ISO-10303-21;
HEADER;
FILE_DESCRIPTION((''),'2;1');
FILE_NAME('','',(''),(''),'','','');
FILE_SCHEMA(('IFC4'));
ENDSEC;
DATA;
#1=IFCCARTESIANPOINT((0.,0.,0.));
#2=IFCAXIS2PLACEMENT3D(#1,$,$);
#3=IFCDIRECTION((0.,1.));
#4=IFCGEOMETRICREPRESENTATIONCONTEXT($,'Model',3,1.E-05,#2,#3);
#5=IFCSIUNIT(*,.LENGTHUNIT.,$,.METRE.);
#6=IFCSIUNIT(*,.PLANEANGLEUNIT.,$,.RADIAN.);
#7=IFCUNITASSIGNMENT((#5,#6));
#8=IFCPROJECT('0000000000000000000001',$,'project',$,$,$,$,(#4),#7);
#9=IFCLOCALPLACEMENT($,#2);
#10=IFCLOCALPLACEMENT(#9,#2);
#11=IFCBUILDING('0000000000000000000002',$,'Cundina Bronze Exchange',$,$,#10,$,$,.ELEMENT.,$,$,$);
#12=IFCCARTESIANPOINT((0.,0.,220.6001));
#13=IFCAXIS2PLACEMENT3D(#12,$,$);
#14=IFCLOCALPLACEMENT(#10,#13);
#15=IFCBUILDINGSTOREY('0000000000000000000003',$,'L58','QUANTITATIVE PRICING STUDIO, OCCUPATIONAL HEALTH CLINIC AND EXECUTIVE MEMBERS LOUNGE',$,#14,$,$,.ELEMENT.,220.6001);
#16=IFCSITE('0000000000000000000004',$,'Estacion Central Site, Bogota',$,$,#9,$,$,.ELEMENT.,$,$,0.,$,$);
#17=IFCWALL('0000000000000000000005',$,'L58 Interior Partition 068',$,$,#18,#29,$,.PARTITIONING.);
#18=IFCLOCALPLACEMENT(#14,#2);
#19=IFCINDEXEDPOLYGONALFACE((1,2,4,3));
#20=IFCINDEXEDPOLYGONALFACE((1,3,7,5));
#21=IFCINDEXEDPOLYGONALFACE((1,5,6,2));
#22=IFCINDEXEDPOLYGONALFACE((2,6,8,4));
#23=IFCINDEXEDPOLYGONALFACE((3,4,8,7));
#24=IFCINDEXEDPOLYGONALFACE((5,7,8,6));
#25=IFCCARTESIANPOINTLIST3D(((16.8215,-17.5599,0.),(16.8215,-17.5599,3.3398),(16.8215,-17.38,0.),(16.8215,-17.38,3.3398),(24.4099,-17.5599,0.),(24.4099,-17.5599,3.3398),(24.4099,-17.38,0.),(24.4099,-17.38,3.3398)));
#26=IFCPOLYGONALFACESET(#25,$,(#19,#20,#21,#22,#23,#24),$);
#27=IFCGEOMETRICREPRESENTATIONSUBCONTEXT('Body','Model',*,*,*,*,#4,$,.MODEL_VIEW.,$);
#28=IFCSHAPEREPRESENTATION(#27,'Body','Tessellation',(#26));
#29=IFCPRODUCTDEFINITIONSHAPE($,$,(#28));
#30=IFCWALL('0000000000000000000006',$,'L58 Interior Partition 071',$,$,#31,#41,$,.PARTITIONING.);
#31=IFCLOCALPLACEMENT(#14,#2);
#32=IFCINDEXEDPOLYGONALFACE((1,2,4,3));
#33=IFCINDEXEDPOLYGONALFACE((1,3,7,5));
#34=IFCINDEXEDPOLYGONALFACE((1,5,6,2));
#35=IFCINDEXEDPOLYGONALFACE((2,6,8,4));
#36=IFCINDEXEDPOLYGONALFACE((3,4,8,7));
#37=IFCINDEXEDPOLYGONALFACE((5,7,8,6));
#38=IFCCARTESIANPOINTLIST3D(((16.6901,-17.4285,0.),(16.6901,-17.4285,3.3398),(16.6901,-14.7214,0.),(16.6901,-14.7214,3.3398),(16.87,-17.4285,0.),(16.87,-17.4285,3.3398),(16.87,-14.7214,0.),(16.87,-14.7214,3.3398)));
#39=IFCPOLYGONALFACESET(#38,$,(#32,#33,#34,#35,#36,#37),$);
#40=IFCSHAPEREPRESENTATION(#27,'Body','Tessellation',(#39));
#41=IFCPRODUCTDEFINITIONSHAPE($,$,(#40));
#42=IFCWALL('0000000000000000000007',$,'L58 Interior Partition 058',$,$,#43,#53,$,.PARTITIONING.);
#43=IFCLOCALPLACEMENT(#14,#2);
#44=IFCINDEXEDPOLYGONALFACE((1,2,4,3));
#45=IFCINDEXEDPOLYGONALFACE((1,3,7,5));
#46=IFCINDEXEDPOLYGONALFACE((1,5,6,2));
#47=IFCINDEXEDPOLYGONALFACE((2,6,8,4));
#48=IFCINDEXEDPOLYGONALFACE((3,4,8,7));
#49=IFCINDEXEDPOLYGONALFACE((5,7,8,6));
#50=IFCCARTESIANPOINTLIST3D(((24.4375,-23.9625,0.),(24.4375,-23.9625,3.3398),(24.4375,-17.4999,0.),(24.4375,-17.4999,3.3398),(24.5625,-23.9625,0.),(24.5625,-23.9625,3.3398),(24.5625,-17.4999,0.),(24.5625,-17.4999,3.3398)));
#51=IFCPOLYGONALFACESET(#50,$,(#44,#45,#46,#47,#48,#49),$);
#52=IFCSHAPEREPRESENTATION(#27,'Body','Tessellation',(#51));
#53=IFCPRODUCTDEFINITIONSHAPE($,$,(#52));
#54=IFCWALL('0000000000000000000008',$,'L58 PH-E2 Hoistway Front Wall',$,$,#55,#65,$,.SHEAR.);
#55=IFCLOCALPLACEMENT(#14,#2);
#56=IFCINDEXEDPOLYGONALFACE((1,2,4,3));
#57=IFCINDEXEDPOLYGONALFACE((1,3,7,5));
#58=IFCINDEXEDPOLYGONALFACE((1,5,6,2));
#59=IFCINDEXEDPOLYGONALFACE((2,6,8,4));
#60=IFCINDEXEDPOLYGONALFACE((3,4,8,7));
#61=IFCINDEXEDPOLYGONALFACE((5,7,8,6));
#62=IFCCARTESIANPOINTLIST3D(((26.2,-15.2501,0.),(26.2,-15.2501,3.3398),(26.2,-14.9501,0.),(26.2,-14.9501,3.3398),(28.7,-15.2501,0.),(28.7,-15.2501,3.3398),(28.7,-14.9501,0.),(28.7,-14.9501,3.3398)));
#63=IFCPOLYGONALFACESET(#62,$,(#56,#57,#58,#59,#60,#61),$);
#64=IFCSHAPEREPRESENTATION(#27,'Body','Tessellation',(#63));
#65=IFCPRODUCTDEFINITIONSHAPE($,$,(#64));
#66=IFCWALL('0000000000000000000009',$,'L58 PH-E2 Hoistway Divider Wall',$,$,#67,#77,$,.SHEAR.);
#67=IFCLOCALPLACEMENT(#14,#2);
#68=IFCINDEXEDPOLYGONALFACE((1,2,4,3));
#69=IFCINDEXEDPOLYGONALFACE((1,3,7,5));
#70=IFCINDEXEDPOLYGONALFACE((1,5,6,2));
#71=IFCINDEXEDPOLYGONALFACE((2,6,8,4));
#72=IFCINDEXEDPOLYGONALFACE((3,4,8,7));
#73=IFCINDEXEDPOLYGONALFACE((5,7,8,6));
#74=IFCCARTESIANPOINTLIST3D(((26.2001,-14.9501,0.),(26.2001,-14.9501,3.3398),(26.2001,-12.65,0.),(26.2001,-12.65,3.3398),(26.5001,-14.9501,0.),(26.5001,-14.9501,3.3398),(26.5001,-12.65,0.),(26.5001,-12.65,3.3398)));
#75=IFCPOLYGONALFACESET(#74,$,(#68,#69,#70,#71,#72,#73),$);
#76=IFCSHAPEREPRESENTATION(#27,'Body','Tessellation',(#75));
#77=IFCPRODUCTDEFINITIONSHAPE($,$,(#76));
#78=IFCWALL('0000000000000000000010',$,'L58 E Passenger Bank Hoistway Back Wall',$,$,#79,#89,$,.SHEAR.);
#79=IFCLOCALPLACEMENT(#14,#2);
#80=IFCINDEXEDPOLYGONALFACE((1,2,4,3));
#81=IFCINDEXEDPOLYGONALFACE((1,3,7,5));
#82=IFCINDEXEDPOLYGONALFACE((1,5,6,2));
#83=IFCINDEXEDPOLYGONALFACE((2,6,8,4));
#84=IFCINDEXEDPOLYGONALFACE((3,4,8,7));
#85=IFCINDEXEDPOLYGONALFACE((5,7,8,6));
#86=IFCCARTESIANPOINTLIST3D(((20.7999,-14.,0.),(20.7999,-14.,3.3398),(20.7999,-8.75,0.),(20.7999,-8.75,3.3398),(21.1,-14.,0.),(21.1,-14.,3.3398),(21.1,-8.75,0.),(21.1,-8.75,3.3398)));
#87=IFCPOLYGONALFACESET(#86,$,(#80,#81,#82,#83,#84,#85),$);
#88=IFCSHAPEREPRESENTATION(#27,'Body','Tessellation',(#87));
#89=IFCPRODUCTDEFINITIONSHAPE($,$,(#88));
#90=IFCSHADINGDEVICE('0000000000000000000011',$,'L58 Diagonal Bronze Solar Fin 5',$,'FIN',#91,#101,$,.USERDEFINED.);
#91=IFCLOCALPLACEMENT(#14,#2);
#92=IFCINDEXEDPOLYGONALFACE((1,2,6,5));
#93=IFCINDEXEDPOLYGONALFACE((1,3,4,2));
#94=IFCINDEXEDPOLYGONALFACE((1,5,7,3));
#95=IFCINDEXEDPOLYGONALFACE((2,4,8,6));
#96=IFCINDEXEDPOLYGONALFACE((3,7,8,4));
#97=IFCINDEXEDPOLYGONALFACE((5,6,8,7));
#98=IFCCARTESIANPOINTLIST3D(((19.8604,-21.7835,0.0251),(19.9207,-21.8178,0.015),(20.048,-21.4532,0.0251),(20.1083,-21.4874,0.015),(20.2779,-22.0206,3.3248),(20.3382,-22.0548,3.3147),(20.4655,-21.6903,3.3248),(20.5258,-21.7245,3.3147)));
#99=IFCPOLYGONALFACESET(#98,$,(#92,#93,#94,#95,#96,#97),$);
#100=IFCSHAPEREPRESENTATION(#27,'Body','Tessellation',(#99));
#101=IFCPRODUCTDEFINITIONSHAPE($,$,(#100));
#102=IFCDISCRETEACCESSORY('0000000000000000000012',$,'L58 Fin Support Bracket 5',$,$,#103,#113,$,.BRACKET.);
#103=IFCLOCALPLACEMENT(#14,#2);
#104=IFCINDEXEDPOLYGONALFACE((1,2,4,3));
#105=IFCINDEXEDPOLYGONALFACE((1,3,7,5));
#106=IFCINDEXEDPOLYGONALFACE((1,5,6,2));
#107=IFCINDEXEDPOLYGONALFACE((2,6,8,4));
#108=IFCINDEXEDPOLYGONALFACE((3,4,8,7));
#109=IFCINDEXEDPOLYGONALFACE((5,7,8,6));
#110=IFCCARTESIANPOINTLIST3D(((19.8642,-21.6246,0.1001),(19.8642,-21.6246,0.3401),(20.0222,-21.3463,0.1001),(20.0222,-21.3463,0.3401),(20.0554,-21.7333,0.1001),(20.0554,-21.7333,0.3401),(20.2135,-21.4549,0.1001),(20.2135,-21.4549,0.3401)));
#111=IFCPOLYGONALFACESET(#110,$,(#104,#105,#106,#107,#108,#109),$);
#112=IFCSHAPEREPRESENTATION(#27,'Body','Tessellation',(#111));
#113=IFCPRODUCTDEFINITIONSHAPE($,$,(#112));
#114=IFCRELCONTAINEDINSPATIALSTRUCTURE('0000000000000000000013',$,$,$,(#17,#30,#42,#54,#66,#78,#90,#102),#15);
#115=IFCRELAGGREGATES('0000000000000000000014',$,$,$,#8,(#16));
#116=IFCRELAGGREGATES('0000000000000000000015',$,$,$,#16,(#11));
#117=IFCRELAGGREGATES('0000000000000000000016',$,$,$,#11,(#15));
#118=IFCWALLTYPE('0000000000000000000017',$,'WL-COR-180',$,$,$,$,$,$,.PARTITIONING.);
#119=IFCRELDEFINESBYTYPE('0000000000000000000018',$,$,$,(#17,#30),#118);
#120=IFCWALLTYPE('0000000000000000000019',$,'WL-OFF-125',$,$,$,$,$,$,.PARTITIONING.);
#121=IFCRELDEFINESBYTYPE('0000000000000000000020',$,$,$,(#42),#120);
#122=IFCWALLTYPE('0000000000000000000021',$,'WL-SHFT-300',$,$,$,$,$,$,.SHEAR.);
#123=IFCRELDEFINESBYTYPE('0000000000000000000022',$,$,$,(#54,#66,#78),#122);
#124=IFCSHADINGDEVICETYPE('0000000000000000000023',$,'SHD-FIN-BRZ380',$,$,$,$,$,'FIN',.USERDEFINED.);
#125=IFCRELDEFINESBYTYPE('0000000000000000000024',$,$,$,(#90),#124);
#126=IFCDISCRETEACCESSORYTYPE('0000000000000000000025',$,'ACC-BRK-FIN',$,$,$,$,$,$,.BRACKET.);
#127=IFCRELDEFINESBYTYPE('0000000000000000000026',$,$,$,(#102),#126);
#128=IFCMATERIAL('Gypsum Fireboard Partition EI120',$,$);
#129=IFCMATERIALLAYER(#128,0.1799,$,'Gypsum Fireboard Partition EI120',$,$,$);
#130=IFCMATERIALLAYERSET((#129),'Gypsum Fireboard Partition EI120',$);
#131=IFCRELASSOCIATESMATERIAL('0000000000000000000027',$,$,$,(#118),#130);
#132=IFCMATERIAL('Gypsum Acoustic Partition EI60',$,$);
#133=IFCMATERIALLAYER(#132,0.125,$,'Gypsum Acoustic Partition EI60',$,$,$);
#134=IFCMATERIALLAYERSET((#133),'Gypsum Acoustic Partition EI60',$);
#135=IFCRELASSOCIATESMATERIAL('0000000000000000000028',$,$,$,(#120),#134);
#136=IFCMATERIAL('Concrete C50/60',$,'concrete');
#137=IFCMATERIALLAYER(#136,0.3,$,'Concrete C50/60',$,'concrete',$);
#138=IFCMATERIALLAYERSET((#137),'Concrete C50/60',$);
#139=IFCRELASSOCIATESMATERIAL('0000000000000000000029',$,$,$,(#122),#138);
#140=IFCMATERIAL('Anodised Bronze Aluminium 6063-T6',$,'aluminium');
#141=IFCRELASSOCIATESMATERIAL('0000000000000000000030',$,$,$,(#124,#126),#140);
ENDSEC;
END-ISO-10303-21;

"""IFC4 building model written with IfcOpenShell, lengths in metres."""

from ifc_helpers import new_model, si_unit, direction, frame, frame_2d, origin, origin_2d, place, context, subcontext, project, spatial, rectangle, extrude, material, layer, layer_set, material_profile, profile_set, type_object, element, save


model = new_model("IFC4")

# Units and contexts
model_context = context("Model", 3, precision=1e-05, world=origin(), true_north=direction((0.0, 1.0)))
body_context = subcontext(model_context, "Body", "Model", "MODEL_VIEW")
ifc_project = project(units=[si_unit("LENGTHUNIT", "METRE"), si_unit("PLANEANGLEUNIT", "RADIAN")], contexts=[model_context])

# Site, building, storey
site_placement = place(None, origin())
site = spatial("IfcSite", under=ifc_project, at=site_placement, Name="Estacion Central Site, Bogota", CompositionType="ELEMENT", RefElevation=0.0)
building_placement = place(site_placement, origin())
building = spatial("IfcBuilding", under=site, at=building_placement, Name="Cundina Bronze Exchange", CompositionType="ELEMENT")
storey_placement = place(building_placement, frame((0.0, 0.0, 220.6001)))
storey = spatial("IfcBuildingStorey", under=building, at=storey_placement, Name="L58", Description="QUANTITATIVE PRICING STUDIO, OCCUPATIONAL HEALTH CLINIC AND EXECUTIVE MEMBERS LOUNGE", CompositionType="ELEMENT", Elevation=220.6001)

# Shared definitions
ifc_material_1 = material(Name="Concrete C50/60", Category="concrete")

# Shared definitions
ifc_material_2 = material(Name="Anodised Bronze Aluminium 6063-T6", Category="aluminium")

# Shared definitions
ifc_material_3 = material(Name="Gypsum Fireboard Partition EI120")
ifc_layer_1 = layer(ifc_material_3, 0.1799, Name="Gypsum Fireboard Partition EI120")
ifc_layer_set_1 = layer_set([ifc_layer_1], Name="Gypsum Fireboard Partition EI120")
wall_type_1 = type_object("IfcWallType", Name="WL-COR-180", PredefinedType="PARTITIONING", material=ifc_layer_set_1)

# Walls
wall_1_placement = place(storey_placement, frame((16.8215, -17.47, 0.0), z_axis=(0.0, 0.0, 1.0), x_axis=(1.0, 0.0, 0.0)))
element("IfcWall", 1, at=wall_1_placement, inside=storey, type_object=wall_type_1, Name="L58 Interior Partition 068", PredefinedType="PARTITIONING", context=body_context, shape_type="SweptSolid", body=[
    extrude(rectangle(XDim=7.5884, YDim=0.1799, at=frame_2d((3.7942, 0.0))), origin(), (0.0, 0.0, 1.0), 3.3398),
])
wall_2_placement = place(storey_placement, frame((16.78, -14.7214, 0.0), z_axis=(0.0, 0.0, 1.0), x_axis=(0.0, -1.0, 0.0)))
element("IfcWall", 2, at=wall_2_placement, inside=storey, type_object=wall_type_1, Name="L58 Interior Partition 071", PredefinedType="PARTITIONING", context=body_context, shape_type="SweptSolid", body=[
    extrude(rectangle(XDim=2.707, YDim=0.1799, at=frame_2d((1.3535, 0.0))), origin(), (0.0, 0.0, 1.0), 3.3398),
])
ifc_material_4 = material(Name="Gypsum Acoustic Partition EI60")
ifc_layer_2 = layer(ifc_material_4, 0.125, Name="Gypsum Acoustic Partition EI60")
ifc_layer_set_2 = layer_set([ifc_layer_2], Name="Gypsum Acoustic Partition EI60")
wall_type_2 = type_object("IfcWallType", Name="WL-OFF-125", PredefinedType="PARTITIONING", material=ifc_layer_set_2)
wall_3_placement = place(storey_placement, frame((24.5, -23.9626, 0.0), z_axis=(0.0, 0.0, 1.0), x_axis=(0.0, 1.0, 0.0)))
element("IfcWall", 3, at=wall_3_placement, inside=storey, type_object=wall_type_2, Name="L58 Interior Partition 058", PredefinedType="PARTITIONING", context=body_context, shape_type="SweptSolid", body=[
    extrude(rectangle(XDim=6.4626, YDim=0.125, at=frame_2d((3.2314, 0.0))), origin(), (0.0, 0.0, 1.0), 3.3398),
])
ifc_layer_3 = layer(ifc_material_1, 0.3, Name="Concrete C50/60", Category="concrete")
ifc_layer_set_3 = layer_set([ifc_layer_3], Name="Concrete C50/60")
wall_type_3 = type_object("IfcWallType", Name="WL-SHFT-300", PredefinedType="SHEAR", material=ifc_layer_set_3)
wall_4_placement = place(storey_placement, frame((26.2, -15.1001, 0.0), z_axis=(0.0, 0.0, 1.0), x_axis=(1.0, 0.0, 0.0)))
element("IfcWall", 4, at=wall_4_placement, inside=storey, type_object=wall_type_3, Name="L58 PH-E2 Hoistway Front Wall", PredefinedType="SHEAR", context=body_context, shape_type="SweptSolid", body=[
    extrude(rectangle(XDim=2.5, YDim=0.3, at=frame_2d((1.25, 0.0))), origin(), (0.0, 0.0, 1.0), 3.3398),
])
wall_5_placement = place(storey_placement, frame((26.3501, -14.95, 0.0), z_axis=(0.0, 0.0, 1.0), x_axis=(0.0, 1.0, 0.0)))
element("IfcWall", 5, at=wall_5_placement, inside=storey, type_object=wall_type_3, Name="L58 PH-E2 Hoistway Divider Wall", PredefinedType="SHEAR", context=body_context, shape_type="SweptSolid", body=[
    extrude(rectangle(XDim=2.3, YDim=0.3, at=frame_2d((1.1499, 0.0))), origin(), (0.0, 0.0, 1.0), 3.3398),
])
wall_6_placement = place(storey_placement, frame((20.95, -14.0, 0.0), z_axis=(0.0, 0.0, 1.0), x_axis=(0.0, 1.0, 0.0)))
element("IfcWall", 6, at=wall_6_placement, inside=storey, type_object=wall_type_3, Name="L58 E Passenger Bank Hoistway Back Wall", PredefinedType="SHEAR", context=body_context, shape_type="SweptSolid", body=[
    extrude(rectangle(XDim=5.25, YDim=0.3, at=frame_2d((2.625, 0.0))), origin(), (0.0, 0.0, 1.0), 3.3398),
])

# Shading device
ifc_material_profile_1 = material_profile(ifc_material_2, rectangle(XDim=0.0701, YDim=0.3799, at=origin_2d()), Name="FIN70X380", Category="aluminium")
ifc_profile_set_1 = profile_set([ifc_material_profile_1], Name="Anodised Bronze Aluminium 6063-T6")
shading_device_type = type_object("IfcShadingDeviceType", Name="SHD-FIN-BRZ380", ElementType="FIN", PredefinedType="USERDEFINED", material=ifc_profile_set_1)
shading_device_placement = place(storey_placement, frame((19.9844, -21.6355, 0.02), z_axis=(0.125199, -0.071092, 0.989581), x_axis=(-0.860526, 0.488638, 0.143975)))
element("IfcShadingDevice", 7, at=shading_device_placement, inside=storey, type_object=shading_device_type, Name="L58 Diagonal Bronze Solar Fin 5", ObjectType="FIN", PredefinedType="USERDEFINED", context=body_context, shape_type="SweptSolid", body=[
    extrude(rectangle(XDim=0.0701, YDim=0.3799, at=origin_2d()), origin(), (0.0, 0.0, 1.0), 3.3345),
])

# Discrete accessory
discrete_accessory_type = type_object("IfcDiscreteAccessoryType", Name="ACC-BRK-FIN", PredefinedType="BRACKET", material=ifc_material_2)
discrete_accessory_placement = place(storey_placement, frame((20.0388, -21.5398, 0.1001), z_axis=(0.0, 0.0, 1.0), x_axis=(0.869573, -0.493805, 0.0)))
element("IfcDiscreteAccessory", 8, at=discrete_accessory_placement, inside=storey, type_object=discrete_accessory_type, Name="L58 Fin Support Bracket 5", PredefinedType="BRACKET", context=body_context, shape_type="SweptSolid", body=[
    extrude(rectangle(XDim=0.22, YDim=0.3201, at=origin_2d()), origin(), (0.0, 0.0, 1.0), 0.24),
])

save(model, "model.ifc")
